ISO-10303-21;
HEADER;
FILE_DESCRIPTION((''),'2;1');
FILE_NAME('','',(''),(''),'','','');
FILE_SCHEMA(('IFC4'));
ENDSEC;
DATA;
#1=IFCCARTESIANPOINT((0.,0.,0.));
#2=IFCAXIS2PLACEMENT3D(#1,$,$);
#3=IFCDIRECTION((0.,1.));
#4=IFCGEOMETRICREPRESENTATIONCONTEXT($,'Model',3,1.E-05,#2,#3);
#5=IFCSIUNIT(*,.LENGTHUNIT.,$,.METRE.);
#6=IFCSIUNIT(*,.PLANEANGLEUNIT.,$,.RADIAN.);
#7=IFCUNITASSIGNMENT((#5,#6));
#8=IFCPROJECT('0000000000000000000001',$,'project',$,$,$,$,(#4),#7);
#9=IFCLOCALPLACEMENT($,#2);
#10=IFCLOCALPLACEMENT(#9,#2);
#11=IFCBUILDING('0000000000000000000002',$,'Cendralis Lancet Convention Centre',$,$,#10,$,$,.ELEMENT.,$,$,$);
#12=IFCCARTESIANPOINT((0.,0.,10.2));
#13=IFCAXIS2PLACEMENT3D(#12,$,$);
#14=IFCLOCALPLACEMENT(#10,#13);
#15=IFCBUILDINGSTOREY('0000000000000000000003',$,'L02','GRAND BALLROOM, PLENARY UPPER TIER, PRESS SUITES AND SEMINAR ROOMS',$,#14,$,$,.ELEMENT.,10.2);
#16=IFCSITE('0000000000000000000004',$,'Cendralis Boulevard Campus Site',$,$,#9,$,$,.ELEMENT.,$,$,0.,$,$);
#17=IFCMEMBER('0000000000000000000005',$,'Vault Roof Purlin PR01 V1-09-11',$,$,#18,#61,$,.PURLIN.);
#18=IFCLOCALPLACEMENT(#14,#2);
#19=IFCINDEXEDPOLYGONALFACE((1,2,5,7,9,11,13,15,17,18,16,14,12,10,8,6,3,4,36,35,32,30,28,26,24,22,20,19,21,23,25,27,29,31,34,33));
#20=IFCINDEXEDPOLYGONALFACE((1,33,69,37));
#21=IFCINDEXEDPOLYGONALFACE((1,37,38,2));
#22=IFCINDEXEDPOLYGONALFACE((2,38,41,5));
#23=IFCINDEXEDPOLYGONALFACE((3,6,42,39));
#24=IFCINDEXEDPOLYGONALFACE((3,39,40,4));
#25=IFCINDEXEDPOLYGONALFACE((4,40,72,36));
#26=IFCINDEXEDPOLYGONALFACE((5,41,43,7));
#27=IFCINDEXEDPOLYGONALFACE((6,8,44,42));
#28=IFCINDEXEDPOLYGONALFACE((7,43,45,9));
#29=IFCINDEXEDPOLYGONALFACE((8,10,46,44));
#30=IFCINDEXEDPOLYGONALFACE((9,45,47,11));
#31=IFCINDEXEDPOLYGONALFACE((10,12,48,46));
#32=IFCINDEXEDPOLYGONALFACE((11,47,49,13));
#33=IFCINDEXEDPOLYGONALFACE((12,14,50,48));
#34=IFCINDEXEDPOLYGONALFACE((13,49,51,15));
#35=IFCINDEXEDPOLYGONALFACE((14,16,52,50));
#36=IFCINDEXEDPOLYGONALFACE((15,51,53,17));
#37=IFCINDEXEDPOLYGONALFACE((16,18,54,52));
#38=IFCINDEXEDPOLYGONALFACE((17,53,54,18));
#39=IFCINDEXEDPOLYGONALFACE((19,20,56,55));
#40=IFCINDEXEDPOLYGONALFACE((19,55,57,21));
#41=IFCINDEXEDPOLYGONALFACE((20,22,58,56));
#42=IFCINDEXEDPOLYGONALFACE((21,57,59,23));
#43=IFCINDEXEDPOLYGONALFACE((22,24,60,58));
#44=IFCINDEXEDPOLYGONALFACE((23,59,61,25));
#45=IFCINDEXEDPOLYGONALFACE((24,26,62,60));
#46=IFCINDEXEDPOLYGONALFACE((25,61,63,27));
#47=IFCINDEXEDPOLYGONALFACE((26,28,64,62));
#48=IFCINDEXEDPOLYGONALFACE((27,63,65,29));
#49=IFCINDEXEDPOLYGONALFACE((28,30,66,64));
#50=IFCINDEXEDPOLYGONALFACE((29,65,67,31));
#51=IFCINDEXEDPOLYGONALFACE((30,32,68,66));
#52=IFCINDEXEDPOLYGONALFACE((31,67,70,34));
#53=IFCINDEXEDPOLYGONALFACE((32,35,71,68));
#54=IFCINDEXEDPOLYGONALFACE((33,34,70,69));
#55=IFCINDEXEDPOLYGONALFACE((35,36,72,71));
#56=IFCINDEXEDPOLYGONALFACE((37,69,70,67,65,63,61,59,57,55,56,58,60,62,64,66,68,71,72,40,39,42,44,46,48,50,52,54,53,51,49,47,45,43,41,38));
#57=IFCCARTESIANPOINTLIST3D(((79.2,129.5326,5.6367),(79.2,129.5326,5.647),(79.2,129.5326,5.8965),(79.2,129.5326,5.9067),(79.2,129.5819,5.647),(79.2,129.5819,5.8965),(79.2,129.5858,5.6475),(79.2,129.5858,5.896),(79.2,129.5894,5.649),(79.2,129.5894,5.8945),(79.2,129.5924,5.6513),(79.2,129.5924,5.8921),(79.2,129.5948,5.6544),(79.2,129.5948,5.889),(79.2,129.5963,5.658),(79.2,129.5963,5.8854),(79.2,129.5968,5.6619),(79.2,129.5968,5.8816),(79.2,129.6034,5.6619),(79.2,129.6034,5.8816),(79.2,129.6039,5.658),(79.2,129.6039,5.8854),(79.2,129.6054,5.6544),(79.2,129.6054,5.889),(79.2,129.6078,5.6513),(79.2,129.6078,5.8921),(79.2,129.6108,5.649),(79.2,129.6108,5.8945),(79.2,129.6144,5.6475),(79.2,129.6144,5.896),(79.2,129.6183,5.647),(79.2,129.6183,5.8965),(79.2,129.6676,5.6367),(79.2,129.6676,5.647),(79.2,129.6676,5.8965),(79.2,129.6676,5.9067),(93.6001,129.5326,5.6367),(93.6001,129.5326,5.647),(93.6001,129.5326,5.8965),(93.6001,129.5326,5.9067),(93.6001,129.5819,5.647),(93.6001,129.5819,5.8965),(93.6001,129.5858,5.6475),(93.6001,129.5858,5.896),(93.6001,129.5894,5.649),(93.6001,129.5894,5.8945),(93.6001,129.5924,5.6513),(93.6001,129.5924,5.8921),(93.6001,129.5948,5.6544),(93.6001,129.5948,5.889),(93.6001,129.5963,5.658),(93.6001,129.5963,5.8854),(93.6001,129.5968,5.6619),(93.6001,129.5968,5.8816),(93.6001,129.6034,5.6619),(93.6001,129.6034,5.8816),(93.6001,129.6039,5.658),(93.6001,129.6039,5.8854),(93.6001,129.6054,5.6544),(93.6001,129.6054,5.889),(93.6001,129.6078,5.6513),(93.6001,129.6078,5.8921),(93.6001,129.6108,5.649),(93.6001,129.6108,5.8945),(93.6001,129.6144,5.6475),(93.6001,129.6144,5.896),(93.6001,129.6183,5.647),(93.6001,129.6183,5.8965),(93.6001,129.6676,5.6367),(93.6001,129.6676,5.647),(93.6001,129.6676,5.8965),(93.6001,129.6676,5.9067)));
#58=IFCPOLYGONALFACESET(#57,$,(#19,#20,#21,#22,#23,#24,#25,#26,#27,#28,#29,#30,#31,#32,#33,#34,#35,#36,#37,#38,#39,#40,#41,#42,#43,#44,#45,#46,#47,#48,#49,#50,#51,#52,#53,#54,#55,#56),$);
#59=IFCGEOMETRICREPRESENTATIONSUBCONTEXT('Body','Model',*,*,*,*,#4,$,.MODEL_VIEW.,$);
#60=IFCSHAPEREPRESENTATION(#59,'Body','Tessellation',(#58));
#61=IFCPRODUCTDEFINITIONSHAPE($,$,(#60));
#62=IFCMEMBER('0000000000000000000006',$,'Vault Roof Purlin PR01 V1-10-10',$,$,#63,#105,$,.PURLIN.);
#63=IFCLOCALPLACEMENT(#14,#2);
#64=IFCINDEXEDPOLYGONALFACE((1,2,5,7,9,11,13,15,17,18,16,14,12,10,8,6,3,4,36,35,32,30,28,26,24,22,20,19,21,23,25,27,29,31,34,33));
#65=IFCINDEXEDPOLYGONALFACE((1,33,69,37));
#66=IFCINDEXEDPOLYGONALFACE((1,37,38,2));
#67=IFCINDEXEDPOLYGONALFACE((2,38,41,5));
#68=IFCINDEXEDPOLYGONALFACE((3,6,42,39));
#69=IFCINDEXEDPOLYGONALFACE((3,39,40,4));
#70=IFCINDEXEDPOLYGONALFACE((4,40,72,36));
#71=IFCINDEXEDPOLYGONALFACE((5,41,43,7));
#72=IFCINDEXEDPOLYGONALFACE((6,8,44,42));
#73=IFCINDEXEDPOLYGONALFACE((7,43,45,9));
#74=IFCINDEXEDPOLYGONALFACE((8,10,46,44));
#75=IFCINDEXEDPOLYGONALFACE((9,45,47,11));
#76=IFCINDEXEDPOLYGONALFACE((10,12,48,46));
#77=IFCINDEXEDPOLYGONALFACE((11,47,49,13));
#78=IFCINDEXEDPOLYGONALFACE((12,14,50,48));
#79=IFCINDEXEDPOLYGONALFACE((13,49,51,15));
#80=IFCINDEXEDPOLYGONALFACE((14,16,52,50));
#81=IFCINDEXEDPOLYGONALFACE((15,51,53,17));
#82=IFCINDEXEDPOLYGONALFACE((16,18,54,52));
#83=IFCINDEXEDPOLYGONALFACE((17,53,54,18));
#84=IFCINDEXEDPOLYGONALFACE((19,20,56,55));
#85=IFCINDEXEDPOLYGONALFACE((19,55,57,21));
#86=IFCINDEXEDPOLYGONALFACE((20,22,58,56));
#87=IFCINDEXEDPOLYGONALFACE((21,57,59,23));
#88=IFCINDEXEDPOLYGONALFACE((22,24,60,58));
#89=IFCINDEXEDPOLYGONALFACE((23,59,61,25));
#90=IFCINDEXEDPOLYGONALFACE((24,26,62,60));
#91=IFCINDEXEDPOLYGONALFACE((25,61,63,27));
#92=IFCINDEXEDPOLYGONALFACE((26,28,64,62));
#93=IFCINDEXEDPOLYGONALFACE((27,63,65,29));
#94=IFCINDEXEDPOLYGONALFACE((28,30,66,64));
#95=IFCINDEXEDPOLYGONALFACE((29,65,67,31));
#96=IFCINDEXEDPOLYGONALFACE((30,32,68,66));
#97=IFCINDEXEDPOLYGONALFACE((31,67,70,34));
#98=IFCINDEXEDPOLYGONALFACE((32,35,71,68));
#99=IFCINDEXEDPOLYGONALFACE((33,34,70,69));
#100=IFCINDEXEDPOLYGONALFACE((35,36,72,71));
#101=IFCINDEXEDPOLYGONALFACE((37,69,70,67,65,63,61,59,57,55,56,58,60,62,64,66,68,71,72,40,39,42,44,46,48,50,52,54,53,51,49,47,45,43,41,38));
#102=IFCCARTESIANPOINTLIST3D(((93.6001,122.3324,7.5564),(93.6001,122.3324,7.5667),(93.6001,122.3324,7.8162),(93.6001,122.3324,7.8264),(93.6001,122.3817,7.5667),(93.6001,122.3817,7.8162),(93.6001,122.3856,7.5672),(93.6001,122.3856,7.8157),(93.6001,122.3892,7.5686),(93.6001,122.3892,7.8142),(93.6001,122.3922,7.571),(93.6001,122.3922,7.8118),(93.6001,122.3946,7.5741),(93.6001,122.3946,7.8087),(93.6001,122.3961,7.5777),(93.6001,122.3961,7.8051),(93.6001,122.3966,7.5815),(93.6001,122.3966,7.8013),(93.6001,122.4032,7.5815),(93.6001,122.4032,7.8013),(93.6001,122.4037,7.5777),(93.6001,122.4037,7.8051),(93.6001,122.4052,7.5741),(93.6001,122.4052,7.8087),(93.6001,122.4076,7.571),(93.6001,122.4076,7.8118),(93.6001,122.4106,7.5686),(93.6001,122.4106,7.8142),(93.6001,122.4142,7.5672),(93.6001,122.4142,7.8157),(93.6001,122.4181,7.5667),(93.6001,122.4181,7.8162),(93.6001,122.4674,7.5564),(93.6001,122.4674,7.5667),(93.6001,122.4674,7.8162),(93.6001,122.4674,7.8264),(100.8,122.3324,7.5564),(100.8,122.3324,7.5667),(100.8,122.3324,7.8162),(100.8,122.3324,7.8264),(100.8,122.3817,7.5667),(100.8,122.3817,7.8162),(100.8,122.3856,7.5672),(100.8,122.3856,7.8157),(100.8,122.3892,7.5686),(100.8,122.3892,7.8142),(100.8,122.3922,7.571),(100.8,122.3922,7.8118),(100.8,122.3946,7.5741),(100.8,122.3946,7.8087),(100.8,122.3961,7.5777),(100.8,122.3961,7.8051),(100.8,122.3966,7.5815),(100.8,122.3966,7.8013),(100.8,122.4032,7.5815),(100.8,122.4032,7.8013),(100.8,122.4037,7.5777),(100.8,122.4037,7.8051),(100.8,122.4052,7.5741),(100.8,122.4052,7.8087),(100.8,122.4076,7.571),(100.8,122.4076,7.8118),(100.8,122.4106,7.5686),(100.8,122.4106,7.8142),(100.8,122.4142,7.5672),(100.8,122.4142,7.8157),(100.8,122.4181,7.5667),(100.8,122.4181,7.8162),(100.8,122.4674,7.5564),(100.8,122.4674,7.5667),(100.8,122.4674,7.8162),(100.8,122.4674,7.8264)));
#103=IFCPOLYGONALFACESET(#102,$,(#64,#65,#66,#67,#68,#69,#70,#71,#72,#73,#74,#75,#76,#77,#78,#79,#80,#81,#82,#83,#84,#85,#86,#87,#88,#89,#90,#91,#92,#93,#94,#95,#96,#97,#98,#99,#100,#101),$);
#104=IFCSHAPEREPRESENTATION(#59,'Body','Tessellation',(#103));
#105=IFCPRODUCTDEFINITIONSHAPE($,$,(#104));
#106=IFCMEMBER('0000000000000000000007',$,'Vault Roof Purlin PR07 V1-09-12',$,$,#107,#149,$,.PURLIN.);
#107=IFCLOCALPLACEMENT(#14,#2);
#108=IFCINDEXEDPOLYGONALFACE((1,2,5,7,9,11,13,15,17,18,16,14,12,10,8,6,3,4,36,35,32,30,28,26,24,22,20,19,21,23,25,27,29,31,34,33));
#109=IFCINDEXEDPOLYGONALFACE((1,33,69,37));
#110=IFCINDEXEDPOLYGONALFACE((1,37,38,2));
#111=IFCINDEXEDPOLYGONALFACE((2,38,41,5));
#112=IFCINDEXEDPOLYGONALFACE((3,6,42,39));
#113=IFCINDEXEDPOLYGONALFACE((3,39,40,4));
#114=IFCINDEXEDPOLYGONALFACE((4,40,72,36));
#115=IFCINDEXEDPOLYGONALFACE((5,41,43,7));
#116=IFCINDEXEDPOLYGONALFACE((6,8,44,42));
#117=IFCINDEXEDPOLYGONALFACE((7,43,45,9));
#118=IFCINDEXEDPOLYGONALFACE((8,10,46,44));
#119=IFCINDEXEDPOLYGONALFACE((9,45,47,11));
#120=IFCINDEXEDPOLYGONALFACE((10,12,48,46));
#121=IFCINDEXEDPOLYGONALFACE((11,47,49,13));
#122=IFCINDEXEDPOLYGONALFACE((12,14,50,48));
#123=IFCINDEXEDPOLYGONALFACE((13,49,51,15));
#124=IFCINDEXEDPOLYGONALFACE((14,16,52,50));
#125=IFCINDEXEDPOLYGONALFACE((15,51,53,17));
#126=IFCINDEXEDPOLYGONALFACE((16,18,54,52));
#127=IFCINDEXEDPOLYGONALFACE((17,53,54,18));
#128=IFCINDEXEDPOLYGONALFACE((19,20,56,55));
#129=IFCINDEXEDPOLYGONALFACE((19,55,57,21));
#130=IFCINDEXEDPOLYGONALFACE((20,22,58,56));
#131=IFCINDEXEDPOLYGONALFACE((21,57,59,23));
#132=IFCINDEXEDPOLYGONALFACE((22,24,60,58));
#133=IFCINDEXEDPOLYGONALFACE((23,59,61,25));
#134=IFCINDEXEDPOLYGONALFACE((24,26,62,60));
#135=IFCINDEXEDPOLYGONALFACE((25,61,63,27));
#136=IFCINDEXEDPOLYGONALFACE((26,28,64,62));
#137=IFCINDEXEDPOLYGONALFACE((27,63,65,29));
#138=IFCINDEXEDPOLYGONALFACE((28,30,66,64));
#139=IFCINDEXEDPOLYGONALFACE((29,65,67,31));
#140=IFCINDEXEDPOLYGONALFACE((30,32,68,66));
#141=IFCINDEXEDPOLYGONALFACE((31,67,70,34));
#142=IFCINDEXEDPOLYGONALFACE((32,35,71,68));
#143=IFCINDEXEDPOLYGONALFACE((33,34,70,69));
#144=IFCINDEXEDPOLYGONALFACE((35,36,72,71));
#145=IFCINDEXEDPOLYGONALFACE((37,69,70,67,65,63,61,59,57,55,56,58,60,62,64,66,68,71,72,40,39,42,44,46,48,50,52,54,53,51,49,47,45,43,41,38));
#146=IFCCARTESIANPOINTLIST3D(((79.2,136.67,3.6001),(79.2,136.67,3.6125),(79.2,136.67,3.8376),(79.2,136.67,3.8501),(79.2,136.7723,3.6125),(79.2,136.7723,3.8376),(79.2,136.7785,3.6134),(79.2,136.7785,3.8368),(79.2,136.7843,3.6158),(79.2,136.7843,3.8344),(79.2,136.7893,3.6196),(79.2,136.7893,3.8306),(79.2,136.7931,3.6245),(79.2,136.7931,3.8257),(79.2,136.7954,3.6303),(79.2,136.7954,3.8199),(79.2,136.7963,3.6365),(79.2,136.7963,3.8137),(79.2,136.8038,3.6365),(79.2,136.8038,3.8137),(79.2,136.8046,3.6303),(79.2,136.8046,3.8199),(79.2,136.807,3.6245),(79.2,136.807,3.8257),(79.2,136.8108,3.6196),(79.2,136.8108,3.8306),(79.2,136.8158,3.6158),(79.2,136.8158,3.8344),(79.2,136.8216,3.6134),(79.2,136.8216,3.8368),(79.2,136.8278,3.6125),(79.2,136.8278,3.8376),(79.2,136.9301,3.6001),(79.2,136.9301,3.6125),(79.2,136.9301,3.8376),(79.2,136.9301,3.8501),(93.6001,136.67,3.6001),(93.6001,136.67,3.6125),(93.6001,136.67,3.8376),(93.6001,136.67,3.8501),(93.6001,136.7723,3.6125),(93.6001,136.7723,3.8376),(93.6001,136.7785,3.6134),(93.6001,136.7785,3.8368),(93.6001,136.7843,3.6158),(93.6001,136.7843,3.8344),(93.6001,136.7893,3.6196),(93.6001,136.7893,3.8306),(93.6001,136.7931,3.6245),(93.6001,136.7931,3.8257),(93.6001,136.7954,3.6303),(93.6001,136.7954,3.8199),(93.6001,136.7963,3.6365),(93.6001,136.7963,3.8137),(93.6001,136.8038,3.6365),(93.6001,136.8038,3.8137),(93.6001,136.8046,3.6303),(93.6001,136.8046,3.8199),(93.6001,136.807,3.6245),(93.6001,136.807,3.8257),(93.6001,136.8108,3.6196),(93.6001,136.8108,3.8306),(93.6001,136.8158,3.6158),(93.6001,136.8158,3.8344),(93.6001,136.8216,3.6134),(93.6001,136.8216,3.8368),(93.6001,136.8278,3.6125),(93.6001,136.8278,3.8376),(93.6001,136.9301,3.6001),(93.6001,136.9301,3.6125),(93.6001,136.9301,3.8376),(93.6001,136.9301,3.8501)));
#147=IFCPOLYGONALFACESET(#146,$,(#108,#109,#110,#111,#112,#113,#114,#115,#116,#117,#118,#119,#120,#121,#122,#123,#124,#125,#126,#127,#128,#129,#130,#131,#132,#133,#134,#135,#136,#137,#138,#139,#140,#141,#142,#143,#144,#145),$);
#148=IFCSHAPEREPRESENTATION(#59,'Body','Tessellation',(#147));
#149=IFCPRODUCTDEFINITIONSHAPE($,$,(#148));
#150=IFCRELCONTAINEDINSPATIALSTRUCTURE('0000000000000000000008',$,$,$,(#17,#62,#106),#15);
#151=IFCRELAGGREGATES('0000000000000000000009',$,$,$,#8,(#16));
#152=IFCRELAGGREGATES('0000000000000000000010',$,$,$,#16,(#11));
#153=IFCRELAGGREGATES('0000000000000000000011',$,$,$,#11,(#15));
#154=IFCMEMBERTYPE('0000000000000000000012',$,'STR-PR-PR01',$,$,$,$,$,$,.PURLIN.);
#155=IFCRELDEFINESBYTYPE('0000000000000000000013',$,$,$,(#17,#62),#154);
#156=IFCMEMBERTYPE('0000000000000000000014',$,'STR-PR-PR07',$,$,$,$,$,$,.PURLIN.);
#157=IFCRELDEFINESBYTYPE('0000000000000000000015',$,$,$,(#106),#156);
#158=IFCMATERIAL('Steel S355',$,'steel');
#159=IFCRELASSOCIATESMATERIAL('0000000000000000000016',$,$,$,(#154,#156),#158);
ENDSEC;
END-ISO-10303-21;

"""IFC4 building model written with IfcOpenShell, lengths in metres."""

from ifc_helpers import new_model, si_unit, direction, frame, origin, origin_2d, place, context, subcontext, project, spatial, i_section, extrude, material, material_profile, profile_set, type_object, element, save


model = new_model("IFC4")

# Units and contexts
model_context = context("Model", 3, precision=1e-05, world=origin(), true_north=direction((0.0, 1.0)))
body_context = subcontext(model_context, "Body", "Model", "MODEL_VIEW")
ifc_project = project(units=[si_unit("LENGTHUNIT", "METRE"), si_unit("PLANEANGLEUNIT", "RADIAN")], contexts=[model_context])

# Site, building, storey
site_placement = place(None, origin())
site = spatial("IfcSite", under=ifc_project, at=site_placement, Name="Cendralis Boulevard Campus Site", CompositionType="ELEMENT", RefElevation=0.0)
building_placement = place(site_placement, origin())
building = spatial("IfcBuilding", under=site, at=building_placement, Name="Cendralis Lancet Convention Centre", CompositionType="ELEMENT")
storey_placement = place(building_placement, frame((0.0, 0.0, 10.2)))
storey = spatial("IfcBuildingStorey", under=building, at=storey_placement, Name="L02", Description="GRAND BALLROOM, PLENARY UPPER TIER, PRESS SUITES AND SEMINAR ROOMS", CompositionType="ELEMENT", Elevation=10.2)

# Members
ifc_material_1 = material(Name="Steel S355", Category="steel")
ifc_material_profile_1 = material_profile(ifc_material_1, i_section(OverallWidth=0.135, OverallDepth=0.27, WebThickness=0.0066, FlangeThickness=0.0103, FilletRadius=0.0149, at=origin_2d()), Name="IPE 270")
ifc_profile_set_1 = profile_set([ifc_material_profile_1], Name="Steel S355")
member_type_1 = type_object("IfcMemberType", Name="STR-PR-PR01", PredefinedType="PURLIN", material=ifc_profile_set_1)
for number, where, z_axis, x_axis, name in (
    (1, (79.2, 129.6001, 5.7717), (1.0, 0.0, 0.0), (0.0, 1.0, 0.0), "Vault Roof Purlin PR01 V1-09-11"),
):
    element("IfcMember", number, at=place(storey_placement, frame(where, z_axis=z_axis, x_axis=x_axis)), inside=storey, type_object=member_type_1, Name=name, PredefinedType="PURLIN", context=body_context, shape_type="SweptSolid", body=[
        extrude(i_section(OverallWidth=0.135, OverallDepth=0.27, WebThickness=0.0066, FlangeThickness=0.0103, FilletRadius=0.0149, at=origin_2d()), origin(), (0.0, 0.0, 1.0), 14.4001),
    ])
member_1_placement = place(storey_placement, frame((93.6001, 122.3999, 7.6914), z_axis=(1.0, 0.0, 0.0), x_axis=(0.0, 1.0, 0.0)))
element("IfcMember", 2, at=member_1_placement, inside=storey, type_object=member_type_1, Name="Vault Roof Purlin PR01 V1-10-10", PredefinedType="PURLIN", context=body_context, shape_type="SweptSolid", body=[
    extrude(i_section(OverallWidth=0.135, OverallDepth=0.27, WebThickness=0.0066, FlangeThickness=0.0103, FilletRadius=0.0149, at=origin_2d()), origin(), (0.0, 0.0, 1.0), 7.2),
])
ifc_material_profile_2 = material_profile(ifc_material_1, i_section(OverallWidth=0.26, OverallDepth=0.25, WebThickness=0.0076, FlangeThickness=0.0125, FilletRadius=0.0239, at=origin_2d()), Name="HEA 260")
ifc_profile_set_2 = profile_set([ifc_material_profile_2], Name="Steel S355")
member_type_2 = type_object("IfcMemberType", Name="STR-PR-PR07", PredefinedType="PURLIN", material=ifc_profile_set_2)
member_2_placement = place(storey_placement, frame((79.2, 136.8, 3.7251), z_axis=(1.0, 0.0, 0.0), x_axis=(0.0, 1.0, 0.0)))
element("IfcMember", 3, at=member_2_placement, inside=storey, type_object=member_type_2, Name="Vault Roof Purlin PR07 V1-09-12", PredefinedType="PURLIN", context=body_context, shape_type="SweptSolid", body=[
    extrude(i_section(OverallWidth=0.26, OverallDepth=0.25, WebThickness=0.0076, FlangeThickness=0.0125, FilletRadius=0.0239, at=origin_2d()), origin(), (0.0, 0.0, 1.0), 14.4001),
])

save(model, "model.ifc")
